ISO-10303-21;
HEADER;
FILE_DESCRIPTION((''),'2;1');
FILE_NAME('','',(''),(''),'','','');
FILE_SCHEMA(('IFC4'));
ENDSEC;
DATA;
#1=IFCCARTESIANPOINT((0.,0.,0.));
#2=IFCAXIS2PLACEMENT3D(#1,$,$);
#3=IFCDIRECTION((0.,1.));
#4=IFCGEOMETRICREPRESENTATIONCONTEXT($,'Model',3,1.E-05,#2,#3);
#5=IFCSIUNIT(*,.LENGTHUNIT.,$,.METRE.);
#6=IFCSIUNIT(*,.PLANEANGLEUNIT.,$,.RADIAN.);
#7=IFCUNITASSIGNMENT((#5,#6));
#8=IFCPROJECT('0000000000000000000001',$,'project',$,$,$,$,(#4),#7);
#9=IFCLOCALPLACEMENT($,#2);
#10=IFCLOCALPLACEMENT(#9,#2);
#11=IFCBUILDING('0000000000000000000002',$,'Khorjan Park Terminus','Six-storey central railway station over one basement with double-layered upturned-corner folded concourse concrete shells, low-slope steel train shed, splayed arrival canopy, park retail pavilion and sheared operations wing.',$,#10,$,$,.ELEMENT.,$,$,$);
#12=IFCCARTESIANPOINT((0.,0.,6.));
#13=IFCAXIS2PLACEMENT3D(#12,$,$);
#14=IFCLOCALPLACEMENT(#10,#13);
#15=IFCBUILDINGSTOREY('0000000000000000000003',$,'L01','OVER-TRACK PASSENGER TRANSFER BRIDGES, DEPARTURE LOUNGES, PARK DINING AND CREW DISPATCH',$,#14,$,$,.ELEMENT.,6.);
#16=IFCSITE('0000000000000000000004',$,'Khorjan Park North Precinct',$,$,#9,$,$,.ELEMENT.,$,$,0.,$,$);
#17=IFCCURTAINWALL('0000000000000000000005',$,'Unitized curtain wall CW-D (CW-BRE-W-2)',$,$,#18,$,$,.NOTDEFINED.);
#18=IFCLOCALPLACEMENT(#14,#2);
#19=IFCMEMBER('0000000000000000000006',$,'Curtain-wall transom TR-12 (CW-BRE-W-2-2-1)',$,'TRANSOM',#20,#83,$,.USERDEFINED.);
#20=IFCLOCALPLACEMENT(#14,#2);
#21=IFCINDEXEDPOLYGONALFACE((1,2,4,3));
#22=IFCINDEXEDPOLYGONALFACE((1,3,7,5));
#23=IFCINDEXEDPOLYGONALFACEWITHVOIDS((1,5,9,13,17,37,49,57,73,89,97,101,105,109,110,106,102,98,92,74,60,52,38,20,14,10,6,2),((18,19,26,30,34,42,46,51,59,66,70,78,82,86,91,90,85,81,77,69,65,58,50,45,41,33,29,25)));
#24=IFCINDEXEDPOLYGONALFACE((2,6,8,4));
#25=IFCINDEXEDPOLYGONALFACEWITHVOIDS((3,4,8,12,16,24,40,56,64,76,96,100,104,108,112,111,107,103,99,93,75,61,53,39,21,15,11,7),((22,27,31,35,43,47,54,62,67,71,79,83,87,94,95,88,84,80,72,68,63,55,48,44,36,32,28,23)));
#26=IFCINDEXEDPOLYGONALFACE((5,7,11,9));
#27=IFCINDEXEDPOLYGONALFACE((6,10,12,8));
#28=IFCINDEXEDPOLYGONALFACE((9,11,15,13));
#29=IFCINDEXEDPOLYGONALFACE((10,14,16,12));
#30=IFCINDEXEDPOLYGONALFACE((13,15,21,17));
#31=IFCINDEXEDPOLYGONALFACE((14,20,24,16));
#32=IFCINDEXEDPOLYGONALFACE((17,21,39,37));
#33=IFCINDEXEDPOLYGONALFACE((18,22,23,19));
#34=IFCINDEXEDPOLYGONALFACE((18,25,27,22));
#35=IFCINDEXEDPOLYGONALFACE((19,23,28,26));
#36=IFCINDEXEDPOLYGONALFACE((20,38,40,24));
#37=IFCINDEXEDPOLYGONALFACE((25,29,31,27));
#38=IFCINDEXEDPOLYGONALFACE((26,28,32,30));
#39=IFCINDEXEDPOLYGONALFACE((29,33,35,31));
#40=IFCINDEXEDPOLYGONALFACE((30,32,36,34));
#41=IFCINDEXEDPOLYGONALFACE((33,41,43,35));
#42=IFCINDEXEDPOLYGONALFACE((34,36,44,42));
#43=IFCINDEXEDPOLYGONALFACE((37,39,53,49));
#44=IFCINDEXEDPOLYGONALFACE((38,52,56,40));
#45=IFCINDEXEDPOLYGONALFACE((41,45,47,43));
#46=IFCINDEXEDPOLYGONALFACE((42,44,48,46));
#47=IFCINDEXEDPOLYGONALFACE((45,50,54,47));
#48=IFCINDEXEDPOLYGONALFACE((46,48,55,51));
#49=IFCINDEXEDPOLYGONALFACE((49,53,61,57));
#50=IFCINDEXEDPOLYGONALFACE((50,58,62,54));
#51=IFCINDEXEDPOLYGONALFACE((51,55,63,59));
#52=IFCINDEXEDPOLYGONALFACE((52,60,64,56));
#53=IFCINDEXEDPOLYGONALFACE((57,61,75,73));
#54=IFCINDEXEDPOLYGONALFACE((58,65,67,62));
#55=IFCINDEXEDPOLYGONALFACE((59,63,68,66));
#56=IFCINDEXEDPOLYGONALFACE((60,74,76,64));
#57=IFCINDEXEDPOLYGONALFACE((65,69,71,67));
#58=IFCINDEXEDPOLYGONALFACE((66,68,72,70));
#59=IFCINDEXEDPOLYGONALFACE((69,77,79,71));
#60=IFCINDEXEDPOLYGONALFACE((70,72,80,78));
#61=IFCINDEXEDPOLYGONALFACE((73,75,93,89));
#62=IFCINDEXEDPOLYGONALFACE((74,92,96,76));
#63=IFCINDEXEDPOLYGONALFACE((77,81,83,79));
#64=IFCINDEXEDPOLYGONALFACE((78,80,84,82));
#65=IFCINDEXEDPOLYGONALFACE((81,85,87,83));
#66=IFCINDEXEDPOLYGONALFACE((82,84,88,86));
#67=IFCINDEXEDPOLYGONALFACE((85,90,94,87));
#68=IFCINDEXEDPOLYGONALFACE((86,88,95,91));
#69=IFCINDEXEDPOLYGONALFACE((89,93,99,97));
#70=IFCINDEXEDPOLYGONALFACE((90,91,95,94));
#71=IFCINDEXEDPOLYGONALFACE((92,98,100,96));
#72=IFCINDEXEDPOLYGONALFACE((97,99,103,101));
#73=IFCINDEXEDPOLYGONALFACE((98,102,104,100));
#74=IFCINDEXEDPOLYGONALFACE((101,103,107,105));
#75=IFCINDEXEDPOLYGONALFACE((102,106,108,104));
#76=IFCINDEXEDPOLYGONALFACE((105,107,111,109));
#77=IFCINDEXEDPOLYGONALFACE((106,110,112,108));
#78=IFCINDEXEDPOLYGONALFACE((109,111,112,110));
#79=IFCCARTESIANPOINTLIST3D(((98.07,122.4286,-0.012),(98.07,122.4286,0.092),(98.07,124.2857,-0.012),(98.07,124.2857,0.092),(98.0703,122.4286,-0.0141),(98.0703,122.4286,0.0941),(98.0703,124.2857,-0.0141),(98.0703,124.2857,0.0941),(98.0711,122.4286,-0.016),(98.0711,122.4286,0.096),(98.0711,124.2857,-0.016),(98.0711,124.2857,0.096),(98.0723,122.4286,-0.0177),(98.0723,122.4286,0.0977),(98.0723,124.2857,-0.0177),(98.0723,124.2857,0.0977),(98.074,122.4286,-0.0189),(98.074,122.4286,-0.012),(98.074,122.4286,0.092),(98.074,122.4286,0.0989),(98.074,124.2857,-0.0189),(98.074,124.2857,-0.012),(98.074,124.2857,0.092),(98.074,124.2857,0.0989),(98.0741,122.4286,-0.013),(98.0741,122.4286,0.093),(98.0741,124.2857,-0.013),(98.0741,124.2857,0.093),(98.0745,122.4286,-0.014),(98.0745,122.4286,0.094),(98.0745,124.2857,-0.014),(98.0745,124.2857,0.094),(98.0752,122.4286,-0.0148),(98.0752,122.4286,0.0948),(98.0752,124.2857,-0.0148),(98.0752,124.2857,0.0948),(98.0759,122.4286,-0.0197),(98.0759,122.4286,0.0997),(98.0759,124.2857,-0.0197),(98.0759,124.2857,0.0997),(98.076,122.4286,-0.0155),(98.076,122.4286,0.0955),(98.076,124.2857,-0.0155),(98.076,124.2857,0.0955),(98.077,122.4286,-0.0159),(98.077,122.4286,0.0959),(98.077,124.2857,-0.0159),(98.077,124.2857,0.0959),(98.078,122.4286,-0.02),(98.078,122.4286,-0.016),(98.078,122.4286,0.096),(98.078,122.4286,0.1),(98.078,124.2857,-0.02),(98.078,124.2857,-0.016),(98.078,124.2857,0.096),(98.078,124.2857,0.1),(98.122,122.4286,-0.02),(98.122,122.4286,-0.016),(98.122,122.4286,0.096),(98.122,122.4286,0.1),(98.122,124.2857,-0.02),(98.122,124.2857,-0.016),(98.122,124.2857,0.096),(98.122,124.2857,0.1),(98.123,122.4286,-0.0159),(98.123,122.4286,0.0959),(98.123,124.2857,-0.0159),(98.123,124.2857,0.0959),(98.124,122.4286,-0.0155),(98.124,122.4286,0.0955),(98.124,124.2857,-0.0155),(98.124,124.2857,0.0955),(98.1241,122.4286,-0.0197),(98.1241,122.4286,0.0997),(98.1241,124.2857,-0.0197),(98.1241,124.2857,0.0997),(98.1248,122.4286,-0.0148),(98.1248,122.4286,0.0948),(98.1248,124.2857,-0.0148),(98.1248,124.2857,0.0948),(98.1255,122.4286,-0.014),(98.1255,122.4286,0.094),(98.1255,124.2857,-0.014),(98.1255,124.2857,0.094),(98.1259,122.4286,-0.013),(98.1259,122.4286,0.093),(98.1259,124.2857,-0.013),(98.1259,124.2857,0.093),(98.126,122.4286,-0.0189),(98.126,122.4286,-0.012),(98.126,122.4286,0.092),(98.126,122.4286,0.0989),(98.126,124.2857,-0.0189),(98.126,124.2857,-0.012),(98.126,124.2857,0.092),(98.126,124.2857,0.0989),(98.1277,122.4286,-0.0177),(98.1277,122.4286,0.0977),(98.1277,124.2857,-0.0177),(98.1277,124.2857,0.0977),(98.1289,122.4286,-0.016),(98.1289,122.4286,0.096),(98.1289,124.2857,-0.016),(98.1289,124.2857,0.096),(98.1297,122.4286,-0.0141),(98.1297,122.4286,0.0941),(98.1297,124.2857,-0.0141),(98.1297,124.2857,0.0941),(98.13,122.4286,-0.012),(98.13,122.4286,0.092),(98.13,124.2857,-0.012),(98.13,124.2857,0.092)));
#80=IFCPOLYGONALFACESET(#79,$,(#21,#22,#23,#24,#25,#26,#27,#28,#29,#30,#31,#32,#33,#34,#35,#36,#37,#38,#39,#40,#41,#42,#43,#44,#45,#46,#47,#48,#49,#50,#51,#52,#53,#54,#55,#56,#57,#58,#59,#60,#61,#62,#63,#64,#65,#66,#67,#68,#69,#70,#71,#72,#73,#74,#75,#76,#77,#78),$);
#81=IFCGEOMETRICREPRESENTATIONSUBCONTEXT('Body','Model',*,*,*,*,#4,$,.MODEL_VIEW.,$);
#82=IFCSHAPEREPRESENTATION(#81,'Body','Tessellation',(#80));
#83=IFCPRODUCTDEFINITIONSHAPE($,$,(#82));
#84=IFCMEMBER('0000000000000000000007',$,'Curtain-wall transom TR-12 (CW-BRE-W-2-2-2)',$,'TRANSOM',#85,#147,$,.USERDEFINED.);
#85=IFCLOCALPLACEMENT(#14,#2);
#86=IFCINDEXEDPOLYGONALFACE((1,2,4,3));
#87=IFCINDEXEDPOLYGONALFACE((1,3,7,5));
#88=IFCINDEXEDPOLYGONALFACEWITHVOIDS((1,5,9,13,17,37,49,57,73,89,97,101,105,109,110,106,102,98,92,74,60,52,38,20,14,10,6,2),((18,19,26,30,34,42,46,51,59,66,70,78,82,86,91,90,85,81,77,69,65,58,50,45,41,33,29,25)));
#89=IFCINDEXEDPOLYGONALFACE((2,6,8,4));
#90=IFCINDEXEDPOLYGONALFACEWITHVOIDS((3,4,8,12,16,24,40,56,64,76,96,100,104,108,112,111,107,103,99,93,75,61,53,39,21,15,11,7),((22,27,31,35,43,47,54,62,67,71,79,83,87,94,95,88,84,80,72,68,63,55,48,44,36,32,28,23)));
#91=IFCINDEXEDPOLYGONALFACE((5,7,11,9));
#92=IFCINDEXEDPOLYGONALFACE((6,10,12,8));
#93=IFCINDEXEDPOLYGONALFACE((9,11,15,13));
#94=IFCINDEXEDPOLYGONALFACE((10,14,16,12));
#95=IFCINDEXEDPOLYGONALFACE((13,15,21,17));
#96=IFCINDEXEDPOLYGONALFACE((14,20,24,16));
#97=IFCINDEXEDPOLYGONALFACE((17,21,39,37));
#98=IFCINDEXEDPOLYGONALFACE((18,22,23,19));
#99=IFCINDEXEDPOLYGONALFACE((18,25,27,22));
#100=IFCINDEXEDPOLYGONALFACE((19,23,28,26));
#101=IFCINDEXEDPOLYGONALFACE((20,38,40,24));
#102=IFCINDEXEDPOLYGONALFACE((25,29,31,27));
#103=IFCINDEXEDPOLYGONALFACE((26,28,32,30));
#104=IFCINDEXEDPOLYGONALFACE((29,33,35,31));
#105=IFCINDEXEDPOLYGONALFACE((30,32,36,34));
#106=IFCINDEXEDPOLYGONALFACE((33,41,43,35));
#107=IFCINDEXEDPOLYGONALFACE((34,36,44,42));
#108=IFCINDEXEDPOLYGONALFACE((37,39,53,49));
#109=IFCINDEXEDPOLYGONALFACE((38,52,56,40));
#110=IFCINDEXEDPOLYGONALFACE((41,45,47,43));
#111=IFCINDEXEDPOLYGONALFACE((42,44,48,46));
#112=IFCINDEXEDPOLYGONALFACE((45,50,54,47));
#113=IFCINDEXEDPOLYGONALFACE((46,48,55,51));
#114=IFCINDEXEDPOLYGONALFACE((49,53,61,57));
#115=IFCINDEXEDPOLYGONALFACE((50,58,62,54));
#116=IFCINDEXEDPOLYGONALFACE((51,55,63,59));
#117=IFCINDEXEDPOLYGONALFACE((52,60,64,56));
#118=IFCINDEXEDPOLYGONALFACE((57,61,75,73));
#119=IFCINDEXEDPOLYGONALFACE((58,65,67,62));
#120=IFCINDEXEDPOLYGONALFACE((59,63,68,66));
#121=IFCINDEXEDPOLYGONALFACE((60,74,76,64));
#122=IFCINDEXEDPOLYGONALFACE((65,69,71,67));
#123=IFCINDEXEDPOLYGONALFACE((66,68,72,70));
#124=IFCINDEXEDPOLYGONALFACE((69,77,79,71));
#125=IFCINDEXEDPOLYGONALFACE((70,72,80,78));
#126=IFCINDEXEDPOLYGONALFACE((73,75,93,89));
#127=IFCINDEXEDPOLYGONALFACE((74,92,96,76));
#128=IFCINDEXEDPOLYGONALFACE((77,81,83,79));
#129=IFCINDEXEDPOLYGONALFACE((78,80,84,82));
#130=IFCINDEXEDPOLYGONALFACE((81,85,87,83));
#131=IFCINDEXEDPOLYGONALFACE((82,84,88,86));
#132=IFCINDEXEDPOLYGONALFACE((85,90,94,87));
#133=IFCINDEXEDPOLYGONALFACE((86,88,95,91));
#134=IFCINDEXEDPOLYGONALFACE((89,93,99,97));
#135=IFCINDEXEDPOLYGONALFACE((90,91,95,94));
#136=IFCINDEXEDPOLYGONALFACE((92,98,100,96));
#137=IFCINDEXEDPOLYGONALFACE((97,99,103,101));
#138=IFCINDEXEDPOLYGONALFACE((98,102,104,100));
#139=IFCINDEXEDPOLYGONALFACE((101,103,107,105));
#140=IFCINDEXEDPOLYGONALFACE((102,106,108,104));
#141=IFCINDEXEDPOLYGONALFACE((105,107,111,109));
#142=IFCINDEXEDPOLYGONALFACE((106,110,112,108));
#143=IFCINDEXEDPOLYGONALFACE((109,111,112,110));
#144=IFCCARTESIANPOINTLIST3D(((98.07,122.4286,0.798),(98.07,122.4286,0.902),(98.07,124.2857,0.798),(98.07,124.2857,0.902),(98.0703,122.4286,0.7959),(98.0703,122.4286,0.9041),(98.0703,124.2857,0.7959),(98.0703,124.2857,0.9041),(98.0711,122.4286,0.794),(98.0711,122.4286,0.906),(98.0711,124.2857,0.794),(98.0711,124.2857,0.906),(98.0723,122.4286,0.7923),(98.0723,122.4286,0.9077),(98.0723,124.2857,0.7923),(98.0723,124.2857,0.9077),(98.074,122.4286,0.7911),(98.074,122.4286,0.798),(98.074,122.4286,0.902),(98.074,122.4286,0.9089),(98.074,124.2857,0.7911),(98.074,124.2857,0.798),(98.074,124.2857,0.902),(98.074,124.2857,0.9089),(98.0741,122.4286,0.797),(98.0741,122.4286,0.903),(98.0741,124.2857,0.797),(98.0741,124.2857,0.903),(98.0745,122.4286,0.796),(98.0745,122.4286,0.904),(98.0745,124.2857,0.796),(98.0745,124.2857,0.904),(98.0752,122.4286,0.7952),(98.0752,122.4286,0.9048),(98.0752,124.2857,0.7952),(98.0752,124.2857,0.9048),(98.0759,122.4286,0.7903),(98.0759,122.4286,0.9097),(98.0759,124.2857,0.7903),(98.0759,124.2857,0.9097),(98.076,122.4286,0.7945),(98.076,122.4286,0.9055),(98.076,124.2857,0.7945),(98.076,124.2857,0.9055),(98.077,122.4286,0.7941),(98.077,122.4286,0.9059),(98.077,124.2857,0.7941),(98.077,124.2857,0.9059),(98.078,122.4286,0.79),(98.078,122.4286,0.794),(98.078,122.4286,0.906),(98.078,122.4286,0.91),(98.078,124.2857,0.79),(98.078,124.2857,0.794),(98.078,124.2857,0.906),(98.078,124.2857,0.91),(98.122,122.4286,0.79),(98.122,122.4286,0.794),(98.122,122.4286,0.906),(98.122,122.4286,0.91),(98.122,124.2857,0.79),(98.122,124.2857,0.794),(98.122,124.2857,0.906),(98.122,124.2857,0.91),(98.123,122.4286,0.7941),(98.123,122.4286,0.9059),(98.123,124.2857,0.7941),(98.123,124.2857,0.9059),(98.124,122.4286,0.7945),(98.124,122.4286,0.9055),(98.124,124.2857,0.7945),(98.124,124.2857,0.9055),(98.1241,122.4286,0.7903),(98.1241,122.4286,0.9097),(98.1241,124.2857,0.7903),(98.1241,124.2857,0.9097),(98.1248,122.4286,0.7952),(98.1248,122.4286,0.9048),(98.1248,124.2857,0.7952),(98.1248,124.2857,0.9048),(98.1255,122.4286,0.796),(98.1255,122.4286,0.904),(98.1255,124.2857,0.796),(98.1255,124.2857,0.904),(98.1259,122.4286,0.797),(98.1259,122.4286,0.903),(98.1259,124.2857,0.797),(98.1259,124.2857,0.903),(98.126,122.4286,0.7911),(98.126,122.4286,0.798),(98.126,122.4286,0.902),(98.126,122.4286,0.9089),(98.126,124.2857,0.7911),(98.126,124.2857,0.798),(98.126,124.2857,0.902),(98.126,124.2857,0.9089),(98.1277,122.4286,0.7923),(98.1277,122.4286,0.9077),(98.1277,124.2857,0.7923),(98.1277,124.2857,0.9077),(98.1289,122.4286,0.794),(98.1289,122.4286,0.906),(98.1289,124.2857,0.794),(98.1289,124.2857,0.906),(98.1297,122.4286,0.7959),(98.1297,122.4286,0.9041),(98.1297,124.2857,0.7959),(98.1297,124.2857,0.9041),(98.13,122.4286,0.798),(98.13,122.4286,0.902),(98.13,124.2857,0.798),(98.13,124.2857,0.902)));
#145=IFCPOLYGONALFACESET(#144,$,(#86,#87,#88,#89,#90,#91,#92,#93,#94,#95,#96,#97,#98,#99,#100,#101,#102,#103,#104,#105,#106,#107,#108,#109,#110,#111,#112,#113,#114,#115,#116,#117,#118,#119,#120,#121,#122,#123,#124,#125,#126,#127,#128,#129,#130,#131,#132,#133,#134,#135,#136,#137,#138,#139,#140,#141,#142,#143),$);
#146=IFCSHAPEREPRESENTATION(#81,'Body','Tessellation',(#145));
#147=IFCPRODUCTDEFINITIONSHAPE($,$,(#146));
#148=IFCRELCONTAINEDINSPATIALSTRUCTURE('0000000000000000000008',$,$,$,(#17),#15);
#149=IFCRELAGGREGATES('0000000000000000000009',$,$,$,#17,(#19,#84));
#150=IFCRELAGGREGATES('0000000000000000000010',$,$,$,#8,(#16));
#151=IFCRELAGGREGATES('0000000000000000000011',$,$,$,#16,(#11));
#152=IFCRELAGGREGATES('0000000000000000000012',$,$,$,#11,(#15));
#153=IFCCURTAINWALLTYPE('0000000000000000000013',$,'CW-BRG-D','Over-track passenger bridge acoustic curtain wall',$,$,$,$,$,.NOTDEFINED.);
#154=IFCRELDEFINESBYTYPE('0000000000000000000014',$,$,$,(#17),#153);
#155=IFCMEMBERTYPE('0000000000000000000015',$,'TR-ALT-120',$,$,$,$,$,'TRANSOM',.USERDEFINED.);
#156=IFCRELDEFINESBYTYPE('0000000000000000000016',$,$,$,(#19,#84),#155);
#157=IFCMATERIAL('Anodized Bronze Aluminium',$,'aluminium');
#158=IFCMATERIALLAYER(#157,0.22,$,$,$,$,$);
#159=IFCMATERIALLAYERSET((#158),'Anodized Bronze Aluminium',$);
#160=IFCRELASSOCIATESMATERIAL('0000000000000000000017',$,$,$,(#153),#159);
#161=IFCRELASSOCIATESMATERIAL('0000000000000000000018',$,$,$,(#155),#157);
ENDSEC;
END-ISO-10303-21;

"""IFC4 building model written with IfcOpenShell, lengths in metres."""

from ifc_helpers import new_model, si_unit, direction, frame, origin, origin_2d, place, context, subcontext, project, spatial, hollow_rectangle, extrude, material, layer, layer_set, material_profile, profile_set, type_object, element, aggregate, save


model = new_model("IFC4")

# Units and contexts
model_context = context("Model", 3, precision=1e-05, world=origin(), true_north=direction((0.0, 1.0)))
body_context = subcontext(model_context, "Body", "Model", "MODEL_VIEW")
ifc_project = project(units=[si_unit("LENGTHUNIT", "METRE"), si_unit("PLANEANGLEUNIT", "RADIAN")], contexts=[model_context])

# Site, building, storey
site_placement = place(None, origin())
site = spatial("IfcSite", under=ifc_project, at=site_placement, Name="Khorjan Park North Precinct", CompositionType="ELEMENT", RefElevation=0.0)
building_placement = place(site_placement, origin())
building = spatial("IfcBuilding", under=site, at=building_placement, Name="Khorjan Park Terminus", Description="Six-storey central railway station over one basement with double-layered upturned-corner folded concourse concrete shells, low-slope steel train shed, splayed arrival canopy, park retail pavilion and sheared operations wing.", CompositionType="ELEMENT")
storey_placement = place(building_placement, frame((0.0, 0.0, 6.0)))
storey = spatial("IfcBuildingStorey", under=building, at=storey_placement, Name="L01", Description="OVER-TRACK PASSENGER TRANSFER BRIDGES, DEPARTURE LOUNGES, PARK DINING AND CREW DISPATCH", CompositionType="ELEMENT", Elevation=6.0)

# Curtain wall, members
ifc_material_1 = material(Name="Anodized Bronze Aluminium", Category="aluminium")
ifc_layer_1 = layer(ifc_material_1, 0.22)
ifc_layer_set_1 = layer_set([ifc_layer_1], Name="Anodized Bronze Aluminium")
curtain_wall_type = type_object("IfcCurtainWallType", Name="CW-BRG-D", Description="Over-track passenger bridge acoustic curtain wall", PredefinedType="NOTDEFINED", material=ifc_layer_set_1)
curtain_wall_placement = place(storey_placement, origin())
curtain_wall = element("IfcCurtainWall", 1, at=curtain_wall_placement, inside=storey, type_object=curtain_wall_type, Name="Unitized curtain wall CW-D (CW-BRE-W-2)", PredefinedType="NOTDEFINED")
ifc_material_profile_1 = material_profile(ifc_material_1, hollow_rectangle(XDim=0.06, YDim=0.12, WallThickness=0.004, InnerFilletRadius=0.004, OuterFilletRadius=0.008, at=origin_2d()), Name="ALT 60x120x4")
ifc_profile_set_1 = profile_set([ifc_material_profile_1], Name="Anodized Bronze Aluminium")
member_type_1 = type_object("IfcMemberType", Name="TR-ALT-120", ElementType="TRANSOM", PredefinedType="USERDEFINED", material=ifc_profile_set_1)
member_1_placement = place(storey_placement, frame((98.1, 124.2857, 0.04), z_axis=(0.0, -1.0, 0.0), x_axis=(1.0, 0.0, 0.0)))
member_1 = element("IfcMember", 2, at=member_1_placement, type_object=member_type_1, Name="Curtain-wall transom TR-12 (CW-BRE-W-2-2-1)", ObjectType="TRANSOM", PredefinedType="USERDEFINED", context=body_context, shape_type="SweptSolid", body=[
    extrude(hollow_rectangle(XDim=0.06, YDim=0.12, WallThickness=0.004, InnerFilletRadius=0.004, OuterFilletRadius=0.008, at=origin_2d()), origin(), (0.0, 0.0, 1.0), 1.8571),
])
member_2_placement = place(storey_placement, frame((98.1, 124.2857, 0.85), z_axis=(0.0, -1.0, 0.0), x_axis=(1.0, 0.0, 0.0)))
member_2 = element("IfcMember", 3, at=member_2_placement, type_object=member_type_1, Name="Curtain-wall transom TR-12 (CW-BRE-W-2-2-2)", ObjectType="TRANSOM", PredefinedType="USERDEFINED", context=body_context, shape_type="SweptSolid", body=[
    extrude(hollow_rectangle(XDim=0.06, YDim=0.12, WallThickness=0.004, InnerFilletRadius=0.004, OuterFilletRadius=0.008, at=origin_2d()), origin(), (0.0, 0.0, 1.0), 1.8571),
])
aggregate(curtain_wall, [member_1, member_2])

save(model, "model.ifc")
